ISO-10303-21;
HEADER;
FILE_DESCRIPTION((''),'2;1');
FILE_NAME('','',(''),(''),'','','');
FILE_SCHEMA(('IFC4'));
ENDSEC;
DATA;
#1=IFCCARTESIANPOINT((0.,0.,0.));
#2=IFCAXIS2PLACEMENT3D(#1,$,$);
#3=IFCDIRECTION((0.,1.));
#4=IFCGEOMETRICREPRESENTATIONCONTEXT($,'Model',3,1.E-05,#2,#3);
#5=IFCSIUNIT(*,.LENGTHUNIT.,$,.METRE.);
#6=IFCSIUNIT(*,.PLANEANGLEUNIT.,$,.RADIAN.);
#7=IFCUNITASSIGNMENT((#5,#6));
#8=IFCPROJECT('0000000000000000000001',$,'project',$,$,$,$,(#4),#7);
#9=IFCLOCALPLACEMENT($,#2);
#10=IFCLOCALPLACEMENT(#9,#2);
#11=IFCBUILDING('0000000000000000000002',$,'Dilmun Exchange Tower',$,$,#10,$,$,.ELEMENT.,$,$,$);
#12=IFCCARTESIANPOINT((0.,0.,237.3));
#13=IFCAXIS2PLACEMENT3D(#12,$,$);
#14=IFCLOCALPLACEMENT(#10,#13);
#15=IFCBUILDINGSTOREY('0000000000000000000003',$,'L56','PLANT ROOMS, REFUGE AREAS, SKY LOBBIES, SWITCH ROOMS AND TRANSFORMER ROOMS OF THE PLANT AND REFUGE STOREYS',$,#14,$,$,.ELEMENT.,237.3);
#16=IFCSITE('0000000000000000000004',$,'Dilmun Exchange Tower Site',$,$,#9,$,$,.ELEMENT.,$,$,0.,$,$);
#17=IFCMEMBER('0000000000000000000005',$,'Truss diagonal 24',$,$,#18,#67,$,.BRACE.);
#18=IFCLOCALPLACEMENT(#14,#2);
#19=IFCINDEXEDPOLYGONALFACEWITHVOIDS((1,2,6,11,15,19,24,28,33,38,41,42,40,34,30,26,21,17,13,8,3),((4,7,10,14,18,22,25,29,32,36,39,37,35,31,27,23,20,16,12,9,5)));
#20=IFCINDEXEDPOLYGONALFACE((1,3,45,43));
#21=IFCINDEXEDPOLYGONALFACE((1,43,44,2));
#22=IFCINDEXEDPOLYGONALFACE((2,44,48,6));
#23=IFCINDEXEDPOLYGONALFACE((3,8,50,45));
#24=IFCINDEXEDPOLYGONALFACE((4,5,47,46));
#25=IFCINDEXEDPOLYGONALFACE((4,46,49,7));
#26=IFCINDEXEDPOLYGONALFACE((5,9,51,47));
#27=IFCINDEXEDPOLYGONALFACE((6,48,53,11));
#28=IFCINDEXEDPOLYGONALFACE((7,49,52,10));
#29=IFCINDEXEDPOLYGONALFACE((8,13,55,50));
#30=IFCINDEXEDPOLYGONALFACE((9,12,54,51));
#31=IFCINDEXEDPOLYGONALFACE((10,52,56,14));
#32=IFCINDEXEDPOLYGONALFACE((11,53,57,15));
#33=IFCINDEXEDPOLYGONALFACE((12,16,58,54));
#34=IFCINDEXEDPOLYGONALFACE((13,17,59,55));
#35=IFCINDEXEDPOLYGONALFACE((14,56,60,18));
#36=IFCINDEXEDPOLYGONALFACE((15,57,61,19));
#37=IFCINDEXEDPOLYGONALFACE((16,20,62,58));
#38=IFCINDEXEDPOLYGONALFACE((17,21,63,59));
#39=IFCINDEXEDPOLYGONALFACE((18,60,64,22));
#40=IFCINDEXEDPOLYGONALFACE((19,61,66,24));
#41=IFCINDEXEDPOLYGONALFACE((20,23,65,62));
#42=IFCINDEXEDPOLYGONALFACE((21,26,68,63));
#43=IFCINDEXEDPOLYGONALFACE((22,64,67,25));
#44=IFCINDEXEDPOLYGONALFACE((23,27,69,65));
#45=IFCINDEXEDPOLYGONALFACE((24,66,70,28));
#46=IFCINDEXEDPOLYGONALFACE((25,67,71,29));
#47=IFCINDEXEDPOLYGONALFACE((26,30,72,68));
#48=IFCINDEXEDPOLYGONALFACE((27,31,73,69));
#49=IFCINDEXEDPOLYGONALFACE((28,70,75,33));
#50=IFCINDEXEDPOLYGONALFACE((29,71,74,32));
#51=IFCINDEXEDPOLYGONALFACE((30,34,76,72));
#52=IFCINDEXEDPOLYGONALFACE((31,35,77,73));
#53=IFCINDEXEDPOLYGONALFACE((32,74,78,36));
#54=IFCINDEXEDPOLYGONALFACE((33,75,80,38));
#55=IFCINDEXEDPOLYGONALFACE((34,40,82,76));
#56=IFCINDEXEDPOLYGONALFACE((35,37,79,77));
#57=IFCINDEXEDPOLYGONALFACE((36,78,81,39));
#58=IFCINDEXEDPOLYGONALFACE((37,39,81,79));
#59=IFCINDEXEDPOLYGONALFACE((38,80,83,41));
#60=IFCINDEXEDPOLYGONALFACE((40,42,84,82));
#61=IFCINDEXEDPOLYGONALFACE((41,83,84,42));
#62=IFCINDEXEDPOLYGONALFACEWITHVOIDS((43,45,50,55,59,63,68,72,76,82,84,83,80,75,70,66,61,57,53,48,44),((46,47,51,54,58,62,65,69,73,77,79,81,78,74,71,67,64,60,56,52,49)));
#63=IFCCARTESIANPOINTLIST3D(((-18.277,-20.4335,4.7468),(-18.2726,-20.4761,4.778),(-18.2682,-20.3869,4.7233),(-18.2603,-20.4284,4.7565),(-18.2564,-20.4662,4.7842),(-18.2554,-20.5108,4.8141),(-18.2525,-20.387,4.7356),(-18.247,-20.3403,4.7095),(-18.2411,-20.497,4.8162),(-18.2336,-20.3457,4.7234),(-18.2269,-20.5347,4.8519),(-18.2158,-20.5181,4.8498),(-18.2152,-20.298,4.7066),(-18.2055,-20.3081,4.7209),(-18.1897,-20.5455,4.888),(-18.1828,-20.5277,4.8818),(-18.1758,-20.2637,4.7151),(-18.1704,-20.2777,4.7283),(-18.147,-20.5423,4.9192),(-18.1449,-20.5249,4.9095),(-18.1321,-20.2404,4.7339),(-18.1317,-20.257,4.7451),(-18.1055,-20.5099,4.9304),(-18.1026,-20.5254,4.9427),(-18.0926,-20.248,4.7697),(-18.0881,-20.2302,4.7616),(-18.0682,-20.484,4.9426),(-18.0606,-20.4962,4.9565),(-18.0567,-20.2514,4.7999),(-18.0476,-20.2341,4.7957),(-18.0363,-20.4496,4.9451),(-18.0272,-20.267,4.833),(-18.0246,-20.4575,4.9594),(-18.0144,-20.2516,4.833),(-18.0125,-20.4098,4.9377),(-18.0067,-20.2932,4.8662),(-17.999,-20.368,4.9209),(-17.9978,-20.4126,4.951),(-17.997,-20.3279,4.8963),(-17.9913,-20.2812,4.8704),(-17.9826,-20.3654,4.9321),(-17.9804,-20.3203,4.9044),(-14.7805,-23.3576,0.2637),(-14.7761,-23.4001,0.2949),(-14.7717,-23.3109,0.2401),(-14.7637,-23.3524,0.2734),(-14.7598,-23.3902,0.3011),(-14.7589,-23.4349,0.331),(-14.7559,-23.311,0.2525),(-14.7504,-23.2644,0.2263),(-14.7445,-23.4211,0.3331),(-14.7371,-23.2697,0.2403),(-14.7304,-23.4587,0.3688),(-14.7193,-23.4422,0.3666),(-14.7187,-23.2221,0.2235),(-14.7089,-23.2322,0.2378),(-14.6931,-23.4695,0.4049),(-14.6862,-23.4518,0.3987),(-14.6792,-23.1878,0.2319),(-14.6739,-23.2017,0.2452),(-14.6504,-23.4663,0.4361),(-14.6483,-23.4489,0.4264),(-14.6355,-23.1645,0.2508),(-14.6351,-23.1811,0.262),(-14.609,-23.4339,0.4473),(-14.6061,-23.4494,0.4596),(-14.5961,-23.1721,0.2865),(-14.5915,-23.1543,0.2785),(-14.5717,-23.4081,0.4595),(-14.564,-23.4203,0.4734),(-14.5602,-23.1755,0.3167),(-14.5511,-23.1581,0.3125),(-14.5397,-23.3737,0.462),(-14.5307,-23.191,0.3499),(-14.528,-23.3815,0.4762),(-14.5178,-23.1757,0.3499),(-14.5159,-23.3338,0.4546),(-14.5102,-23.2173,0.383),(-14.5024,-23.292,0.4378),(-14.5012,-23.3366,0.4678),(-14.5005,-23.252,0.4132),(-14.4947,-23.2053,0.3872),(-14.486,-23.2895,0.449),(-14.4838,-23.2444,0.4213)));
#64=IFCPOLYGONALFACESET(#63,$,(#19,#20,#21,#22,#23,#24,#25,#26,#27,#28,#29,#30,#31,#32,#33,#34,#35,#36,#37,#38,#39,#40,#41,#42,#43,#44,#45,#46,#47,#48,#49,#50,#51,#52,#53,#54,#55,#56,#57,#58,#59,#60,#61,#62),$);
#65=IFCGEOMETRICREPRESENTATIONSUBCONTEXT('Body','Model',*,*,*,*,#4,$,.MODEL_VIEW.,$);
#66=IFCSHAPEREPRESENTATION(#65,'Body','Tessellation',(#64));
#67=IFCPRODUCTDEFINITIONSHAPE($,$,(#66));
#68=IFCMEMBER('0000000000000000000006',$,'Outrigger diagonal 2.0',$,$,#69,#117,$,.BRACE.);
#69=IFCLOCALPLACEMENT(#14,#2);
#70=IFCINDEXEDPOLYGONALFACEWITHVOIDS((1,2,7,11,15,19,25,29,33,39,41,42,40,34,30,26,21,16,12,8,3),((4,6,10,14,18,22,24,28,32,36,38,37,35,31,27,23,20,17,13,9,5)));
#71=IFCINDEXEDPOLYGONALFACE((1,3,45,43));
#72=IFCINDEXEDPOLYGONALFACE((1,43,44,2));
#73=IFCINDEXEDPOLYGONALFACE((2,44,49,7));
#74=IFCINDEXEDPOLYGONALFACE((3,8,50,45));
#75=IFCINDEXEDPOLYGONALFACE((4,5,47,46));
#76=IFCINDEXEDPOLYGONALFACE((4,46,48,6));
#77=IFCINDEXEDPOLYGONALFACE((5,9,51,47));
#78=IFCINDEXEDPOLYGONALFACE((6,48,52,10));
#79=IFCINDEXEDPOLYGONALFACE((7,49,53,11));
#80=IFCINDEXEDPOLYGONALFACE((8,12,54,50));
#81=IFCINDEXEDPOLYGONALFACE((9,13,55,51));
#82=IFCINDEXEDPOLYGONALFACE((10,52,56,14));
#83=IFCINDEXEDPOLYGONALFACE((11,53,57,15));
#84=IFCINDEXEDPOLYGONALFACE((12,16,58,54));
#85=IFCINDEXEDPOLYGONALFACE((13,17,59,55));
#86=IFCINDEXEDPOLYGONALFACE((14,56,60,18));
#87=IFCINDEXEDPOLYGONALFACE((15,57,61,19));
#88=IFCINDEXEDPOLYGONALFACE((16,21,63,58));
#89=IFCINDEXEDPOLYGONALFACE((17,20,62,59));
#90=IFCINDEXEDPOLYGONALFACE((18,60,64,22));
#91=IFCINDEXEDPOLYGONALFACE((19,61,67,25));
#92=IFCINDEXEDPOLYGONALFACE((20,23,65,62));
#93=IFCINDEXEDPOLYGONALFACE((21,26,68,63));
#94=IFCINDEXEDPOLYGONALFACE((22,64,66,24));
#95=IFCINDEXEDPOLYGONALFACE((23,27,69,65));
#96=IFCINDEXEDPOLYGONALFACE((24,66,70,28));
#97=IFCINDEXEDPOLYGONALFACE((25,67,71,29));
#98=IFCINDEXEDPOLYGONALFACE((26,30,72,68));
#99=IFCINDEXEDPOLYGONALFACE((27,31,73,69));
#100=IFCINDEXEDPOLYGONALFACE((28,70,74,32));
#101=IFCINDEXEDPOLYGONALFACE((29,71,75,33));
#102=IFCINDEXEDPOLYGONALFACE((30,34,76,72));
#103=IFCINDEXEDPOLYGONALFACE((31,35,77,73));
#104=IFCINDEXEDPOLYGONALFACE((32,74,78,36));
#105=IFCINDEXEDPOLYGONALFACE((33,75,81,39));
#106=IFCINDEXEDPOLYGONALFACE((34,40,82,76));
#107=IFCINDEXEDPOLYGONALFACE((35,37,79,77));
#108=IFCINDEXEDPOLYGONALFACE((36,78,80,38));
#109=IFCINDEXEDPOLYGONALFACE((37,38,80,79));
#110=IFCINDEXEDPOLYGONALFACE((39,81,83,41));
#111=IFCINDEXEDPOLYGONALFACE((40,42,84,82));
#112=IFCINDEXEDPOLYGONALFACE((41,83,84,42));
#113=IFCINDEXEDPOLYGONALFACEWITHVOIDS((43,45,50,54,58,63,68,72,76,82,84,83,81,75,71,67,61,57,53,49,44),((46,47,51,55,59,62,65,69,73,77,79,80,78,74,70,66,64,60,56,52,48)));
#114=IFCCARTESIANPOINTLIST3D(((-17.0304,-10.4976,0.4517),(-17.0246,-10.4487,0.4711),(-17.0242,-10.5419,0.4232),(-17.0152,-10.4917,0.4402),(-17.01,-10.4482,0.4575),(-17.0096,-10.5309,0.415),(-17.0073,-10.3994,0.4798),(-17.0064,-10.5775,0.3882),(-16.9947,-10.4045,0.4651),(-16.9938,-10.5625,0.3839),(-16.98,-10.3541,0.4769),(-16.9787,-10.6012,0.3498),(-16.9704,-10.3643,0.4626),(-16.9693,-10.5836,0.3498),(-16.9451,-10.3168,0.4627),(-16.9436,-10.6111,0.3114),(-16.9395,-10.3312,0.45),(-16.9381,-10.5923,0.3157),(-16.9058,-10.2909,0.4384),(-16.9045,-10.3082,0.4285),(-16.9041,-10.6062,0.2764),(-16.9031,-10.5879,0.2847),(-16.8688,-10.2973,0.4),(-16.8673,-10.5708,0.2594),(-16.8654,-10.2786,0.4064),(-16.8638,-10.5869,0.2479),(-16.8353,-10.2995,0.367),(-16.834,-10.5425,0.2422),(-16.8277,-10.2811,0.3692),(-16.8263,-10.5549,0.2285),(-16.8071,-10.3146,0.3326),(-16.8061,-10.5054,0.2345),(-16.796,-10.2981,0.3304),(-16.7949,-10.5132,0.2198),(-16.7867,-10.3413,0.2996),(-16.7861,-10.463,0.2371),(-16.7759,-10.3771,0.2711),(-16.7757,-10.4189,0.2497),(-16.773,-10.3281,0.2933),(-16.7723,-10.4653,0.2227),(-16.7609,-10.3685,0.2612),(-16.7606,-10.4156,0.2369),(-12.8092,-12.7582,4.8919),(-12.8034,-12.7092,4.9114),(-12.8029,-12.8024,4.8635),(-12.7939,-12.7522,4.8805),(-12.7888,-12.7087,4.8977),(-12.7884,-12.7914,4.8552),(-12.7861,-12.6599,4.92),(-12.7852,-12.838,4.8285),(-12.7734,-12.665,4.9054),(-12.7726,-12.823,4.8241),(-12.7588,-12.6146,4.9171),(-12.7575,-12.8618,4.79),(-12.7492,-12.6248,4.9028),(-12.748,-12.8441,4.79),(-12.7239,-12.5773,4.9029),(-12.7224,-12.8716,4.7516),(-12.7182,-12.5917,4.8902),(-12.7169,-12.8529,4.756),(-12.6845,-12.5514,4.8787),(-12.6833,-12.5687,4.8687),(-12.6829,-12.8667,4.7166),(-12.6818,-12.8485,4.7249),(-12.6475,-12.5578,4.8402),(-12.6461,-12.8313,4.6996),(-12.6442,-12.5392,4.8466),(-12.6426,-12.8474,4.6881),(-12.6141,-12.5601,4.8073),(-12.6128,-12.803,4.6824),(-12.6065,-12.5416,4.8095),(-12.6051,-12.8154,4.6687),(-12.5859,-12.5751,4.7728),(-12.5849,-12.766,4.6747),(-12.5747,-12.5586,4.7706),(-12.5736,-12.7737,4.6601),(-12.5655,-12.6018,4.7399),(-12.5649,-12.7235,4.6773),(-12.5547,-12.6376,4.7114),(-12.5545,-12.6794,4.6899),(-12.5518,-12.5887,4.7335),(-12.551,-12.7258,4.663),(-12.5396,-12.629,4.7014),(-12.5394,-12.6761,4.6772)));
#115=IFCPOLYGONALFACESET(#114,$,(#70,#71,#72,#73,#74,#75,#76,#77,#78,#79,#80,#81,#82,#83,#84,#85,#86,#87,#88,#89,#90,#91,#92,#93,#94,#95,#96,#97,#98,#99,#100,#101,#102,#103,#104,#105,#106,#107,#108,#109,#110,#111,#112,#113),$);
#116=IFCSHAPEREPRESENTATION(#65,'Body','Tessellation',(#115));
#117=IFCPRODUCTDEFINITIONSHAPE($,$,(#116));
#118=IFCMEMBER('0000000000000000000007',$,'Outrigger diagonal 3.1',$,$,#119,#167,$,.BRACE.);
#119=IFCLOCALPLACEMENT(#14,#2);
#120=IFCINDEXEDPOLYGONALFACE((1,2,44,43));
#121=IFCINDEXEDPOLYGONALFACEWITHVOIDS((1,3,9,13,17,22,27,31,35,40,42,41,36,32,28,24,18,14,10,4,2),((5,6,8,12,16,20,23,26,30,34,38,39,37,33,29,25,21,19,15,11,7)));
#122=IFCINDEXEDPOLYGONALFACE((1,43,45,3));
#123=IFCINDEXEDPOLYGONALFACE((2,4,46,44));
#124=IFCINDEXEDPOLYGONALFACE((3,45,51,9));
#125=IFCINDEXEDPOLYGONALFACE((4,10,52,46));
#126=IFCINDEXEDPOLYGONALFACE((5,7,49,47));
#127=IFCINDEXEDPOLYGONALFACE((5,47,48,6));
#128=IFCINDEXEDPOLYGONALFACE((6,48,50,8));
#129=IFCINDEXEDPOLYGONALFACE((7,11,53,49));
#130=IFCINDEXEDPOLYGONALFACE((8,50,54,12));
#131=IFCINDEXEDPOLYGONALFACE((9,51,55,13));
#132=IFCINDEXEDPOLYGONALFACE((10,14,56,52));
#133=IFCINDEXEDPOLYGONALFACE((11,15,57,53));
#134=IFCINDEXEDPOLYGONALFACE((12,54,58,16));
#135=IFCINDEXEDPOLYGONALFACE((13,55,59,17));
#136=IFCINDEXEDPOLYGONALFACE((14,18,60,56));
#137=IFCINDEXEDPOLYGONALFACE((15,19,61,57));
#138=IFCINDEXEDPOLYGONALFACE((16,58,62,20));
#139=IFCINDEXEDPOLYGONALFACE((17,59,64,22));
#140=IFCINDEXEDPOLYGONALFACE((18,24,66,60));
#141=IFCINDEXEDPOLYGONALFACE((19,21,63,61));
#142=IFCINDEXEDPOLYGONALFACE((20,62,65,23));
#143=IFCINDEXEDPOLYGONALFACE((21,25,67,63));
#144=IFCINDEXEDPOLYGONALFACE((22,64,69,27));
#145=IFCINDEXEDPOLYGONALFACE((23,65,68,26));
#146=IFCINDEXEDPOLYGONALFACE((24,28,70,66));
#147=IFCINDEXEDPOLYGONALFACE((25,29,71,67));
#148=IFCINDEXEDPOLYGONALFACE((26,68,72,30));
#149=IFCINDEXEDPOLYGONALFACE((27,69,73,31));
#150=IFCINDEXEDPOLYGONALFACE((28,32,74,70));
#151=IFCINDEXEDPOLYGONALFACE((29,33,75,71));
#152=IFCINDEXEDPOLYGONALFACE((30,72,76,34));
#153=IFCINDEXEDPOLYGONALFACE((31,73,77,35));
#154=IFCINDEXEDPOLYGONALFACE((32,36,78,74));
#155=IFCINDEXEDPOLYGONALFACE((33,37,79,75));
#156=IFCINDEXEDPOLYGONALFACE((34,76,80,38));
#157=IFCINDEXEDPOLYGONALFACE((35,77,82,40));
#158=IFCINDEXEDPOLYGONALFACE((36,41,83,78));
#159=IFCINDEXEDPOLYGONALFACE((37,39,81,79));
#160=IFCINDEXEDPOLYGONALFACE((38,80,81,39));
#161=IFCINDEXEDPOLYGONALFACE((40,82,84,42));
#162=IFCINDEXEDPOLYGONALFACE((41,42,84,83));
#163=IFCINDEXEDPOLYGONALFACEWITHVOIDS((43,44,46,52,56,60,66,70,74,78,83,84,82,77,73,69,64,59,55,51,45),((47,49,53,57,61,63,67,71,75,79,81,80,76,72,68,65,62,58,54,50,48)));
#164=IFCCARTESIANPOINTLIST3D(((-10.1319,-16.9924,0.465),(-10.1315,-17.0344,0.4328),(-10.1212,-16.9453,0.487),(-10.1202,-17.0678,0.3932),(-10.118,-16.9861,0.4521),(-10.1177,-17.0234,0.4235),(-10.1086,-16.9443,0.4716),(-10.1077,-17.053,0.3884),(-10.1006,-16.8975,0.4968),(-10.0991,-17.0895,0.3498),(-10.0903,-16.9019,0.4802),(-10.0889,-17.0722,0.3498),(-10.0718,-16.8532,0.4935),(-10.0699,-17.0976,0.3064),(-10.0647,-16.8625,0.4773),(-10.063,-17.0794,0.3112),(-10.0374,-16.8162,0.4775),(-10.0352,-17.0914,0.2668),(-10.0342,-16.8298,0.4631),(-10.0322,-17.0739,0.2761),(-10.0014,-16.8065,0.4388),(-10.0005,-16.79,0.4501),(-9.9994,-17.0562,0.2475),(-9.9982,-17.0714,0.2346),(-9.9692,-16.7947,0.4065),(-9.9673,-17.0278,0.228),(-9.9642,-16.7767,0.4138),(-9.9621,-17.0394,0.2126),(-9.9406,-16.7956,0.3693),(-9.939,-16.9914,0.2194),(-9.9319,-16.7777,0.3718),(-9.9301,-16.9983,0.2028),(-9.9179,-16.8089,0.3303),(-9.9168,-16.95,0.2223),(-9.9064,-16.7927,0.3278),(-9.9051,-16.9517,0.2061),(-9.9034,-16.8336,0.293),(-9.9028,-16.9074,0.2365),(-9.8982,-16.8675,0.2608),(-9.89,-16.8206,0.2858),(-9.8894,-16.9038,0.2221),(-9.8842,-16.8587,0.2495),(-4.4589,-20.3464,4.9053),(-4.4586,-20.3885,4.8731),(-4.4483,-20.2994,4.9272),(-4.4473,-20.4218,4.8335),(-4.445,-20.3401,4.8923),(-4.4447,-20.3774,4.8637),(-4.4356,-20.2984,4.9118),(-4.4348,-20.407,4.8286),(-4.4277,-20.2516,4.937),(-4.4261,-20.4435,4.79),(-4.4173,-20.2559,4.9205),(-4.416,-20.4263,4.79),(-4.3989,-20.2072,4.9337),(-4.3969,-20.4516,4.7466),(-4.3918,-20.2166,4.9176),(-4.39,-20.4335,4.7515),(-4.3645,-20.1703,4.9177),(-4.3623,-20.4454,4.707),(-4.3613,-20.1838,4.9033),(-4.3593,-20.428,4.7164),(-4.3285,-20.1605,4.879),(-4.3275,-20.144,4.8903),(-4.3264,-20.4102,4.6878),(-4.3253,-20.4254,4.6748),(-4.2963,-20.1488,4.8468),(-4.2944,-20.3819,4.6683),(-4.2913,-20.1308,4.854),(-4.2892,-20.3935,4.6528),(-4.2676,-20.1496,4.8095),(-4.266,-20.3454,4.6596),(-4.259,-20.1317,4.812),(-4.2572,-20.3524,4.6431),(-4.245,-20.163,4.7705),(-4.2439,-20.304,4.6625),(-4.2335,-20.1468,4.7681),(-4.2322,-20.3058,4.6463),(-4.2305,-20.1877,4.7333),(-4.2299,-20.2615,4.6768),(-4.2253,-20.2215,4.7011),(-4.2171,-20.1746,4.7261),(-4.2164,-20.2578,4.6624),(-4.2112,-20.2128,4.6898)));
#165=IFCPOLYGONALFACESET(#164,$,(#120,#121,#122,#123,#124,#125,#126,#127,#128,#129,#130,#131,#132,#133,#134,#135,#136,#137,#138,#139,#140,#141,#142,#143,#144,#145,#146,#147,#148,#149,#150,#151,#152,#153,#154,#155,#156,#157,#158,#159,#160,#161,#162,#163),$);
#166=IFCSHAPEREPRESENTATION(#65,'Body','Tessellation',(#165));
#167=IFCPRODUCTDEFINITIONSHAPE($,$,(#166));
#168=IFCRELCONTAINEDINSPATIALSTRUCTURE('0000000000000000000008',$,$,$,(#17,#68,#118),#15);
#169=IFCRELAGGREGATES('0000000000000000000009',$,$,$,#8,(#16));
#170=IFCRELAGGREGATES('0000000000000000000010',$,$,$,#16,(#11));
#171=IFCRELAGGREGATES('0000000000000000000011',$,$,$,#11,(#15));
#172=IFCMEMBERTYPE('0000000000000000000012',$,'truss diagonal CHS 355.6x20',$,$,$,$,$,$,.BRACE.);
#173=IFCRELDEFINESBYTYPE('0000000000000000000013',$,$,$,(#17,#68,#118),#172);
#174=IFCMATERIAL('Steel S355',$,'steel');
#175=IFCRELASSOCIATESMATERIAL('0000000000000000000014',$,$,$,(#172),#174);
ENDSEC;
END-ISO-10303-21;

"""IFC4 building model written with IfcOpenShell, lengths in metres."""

from ifc_helpers import new_model, si_unit, direction, frame, origin, origin_2d, place, context, subcontext, project, spatial, hollow_circle, extrude, material, material_profile, profile_set, type_object, element, save


model = new_model("IFC4")

# Units and contexts
model_context = context("Model", 3, precision=1e-05, world=origin(), true_north=direction((0.0, 1.0)))
body_context = subcontext(model_context, "Body", "Model", "MODEL_VIEW")
ifc_project = project(units=[si_unit("LENGTHUNIT", "METRE"), si_unit("PLANEANGLEUNIT", "RADIAN")], contexts=[model_context])

# Site, building, storey
site_placement = place(None, origin())
site = spatial("IfcSite", under=ifc_project, at=site_placement, Name="Dilmun Exchange Tower Site", CompositionType="ELEMENT", RefElevation=0.0)
building_placement = place(site_placement, origin())
building = spatial("IfcBuilding", under=site, at=building_placement, Name="Dilmun Exchange Tower", CompositionType="ELEMENT")
storey_placement = place(building_placement, frame((0.0, 0.0, 237.3)))
storey = spatial("IfcBuildingStorey", under=building, at=storey_placement, Name="L56", Description="PLANT ROOMS, REFUGE AREAS, SKY LOBBIES, SWITCH ROOMS AND TRANSFORMER ROOMS OF THE PLANT AND REFUGE STOREYS", CompositionType="ELEMENT", Elevation=237.3)

# Shared definitions
ifc_material_1 = material(Name="Steel S355", Category="steel")

# Members
ifc_material_profile_1 = material_profile(ifc_material_1, hollow_circle(Radius=0.1777, WallThickness=0.02, at=origin_2d()), Name="CHS 355.6x20")
ifc_profile_set_1 = profile_set([ifc_material_profile_1], Name="Steel S355")
member_type_1 = type_object("IfcMemberType", Name="truss diagonal CHS 355.6x20", PredefinedType="BRACE", material=ifc_profile_set_1)
member_1_placement = place(storey_placement, frame((-18.1284, -20.3879, 4.833), z_axis=(0.546909, -0.457361, -0.701221), x_axis=(0.641511, 0.767114, 0.0)))
element("IfcMember", 1, at=member_1_placement, inside=storey, type_object=member_type_1, Name="Truss diagonal 24", PredefinedType="BRACE", context=body_context, shape_type="SweptSolid", body=[
    extrude(hollow_circle(Radius=0.1777, WallThickness=0.02, at=origin_2d()), origin(), (0.0, 0.0, 1.0), 6.3933),
])
member_2_placement = place(storey_placement, frame((-12.6736, -12.7051, 4.79), z_axis=(-0.64641, 0.34616, -0.679946), x_axis=(-0.472083, -0.881554, 0.0)))
element("IfcMember", 2, at=member_2_placement, inside=storey, type_object=member_type_1, Name="Outrigger diagonal 2.0", PredefinedType="BRACE", context=body_context, shape_type="SweptSolid", body=[
    extrude(hollow_circle(Radius=0.1777, WallThickness=0.02, at=origin_2d()), origin(), (0.0, 0.0, 1.0), 6.5303),
])
member_3_placement = place(storey_placement, frame((-4.3357, -20.2905, 4.79), z_axis=(-0.713886, 0.422077, -0.558764), x_axis=(-0.508939, -0.860803, 0.0)))
element("IfcMember", 3, at=member_3_placement, inside=storey, type_object=member_type_1, Name="Outrigger diagonal 3.1", PredefinedType="BRACE", context=body_context, shape_type="SweptSolid", body=[
    extrude(hollow_circle(Radius=0.1777, WallThickness=0.02, at=origin_2d()), origin(), (0.0, 0.0, 1.0), 7.9465),
])

save(model, "model.ifc")
